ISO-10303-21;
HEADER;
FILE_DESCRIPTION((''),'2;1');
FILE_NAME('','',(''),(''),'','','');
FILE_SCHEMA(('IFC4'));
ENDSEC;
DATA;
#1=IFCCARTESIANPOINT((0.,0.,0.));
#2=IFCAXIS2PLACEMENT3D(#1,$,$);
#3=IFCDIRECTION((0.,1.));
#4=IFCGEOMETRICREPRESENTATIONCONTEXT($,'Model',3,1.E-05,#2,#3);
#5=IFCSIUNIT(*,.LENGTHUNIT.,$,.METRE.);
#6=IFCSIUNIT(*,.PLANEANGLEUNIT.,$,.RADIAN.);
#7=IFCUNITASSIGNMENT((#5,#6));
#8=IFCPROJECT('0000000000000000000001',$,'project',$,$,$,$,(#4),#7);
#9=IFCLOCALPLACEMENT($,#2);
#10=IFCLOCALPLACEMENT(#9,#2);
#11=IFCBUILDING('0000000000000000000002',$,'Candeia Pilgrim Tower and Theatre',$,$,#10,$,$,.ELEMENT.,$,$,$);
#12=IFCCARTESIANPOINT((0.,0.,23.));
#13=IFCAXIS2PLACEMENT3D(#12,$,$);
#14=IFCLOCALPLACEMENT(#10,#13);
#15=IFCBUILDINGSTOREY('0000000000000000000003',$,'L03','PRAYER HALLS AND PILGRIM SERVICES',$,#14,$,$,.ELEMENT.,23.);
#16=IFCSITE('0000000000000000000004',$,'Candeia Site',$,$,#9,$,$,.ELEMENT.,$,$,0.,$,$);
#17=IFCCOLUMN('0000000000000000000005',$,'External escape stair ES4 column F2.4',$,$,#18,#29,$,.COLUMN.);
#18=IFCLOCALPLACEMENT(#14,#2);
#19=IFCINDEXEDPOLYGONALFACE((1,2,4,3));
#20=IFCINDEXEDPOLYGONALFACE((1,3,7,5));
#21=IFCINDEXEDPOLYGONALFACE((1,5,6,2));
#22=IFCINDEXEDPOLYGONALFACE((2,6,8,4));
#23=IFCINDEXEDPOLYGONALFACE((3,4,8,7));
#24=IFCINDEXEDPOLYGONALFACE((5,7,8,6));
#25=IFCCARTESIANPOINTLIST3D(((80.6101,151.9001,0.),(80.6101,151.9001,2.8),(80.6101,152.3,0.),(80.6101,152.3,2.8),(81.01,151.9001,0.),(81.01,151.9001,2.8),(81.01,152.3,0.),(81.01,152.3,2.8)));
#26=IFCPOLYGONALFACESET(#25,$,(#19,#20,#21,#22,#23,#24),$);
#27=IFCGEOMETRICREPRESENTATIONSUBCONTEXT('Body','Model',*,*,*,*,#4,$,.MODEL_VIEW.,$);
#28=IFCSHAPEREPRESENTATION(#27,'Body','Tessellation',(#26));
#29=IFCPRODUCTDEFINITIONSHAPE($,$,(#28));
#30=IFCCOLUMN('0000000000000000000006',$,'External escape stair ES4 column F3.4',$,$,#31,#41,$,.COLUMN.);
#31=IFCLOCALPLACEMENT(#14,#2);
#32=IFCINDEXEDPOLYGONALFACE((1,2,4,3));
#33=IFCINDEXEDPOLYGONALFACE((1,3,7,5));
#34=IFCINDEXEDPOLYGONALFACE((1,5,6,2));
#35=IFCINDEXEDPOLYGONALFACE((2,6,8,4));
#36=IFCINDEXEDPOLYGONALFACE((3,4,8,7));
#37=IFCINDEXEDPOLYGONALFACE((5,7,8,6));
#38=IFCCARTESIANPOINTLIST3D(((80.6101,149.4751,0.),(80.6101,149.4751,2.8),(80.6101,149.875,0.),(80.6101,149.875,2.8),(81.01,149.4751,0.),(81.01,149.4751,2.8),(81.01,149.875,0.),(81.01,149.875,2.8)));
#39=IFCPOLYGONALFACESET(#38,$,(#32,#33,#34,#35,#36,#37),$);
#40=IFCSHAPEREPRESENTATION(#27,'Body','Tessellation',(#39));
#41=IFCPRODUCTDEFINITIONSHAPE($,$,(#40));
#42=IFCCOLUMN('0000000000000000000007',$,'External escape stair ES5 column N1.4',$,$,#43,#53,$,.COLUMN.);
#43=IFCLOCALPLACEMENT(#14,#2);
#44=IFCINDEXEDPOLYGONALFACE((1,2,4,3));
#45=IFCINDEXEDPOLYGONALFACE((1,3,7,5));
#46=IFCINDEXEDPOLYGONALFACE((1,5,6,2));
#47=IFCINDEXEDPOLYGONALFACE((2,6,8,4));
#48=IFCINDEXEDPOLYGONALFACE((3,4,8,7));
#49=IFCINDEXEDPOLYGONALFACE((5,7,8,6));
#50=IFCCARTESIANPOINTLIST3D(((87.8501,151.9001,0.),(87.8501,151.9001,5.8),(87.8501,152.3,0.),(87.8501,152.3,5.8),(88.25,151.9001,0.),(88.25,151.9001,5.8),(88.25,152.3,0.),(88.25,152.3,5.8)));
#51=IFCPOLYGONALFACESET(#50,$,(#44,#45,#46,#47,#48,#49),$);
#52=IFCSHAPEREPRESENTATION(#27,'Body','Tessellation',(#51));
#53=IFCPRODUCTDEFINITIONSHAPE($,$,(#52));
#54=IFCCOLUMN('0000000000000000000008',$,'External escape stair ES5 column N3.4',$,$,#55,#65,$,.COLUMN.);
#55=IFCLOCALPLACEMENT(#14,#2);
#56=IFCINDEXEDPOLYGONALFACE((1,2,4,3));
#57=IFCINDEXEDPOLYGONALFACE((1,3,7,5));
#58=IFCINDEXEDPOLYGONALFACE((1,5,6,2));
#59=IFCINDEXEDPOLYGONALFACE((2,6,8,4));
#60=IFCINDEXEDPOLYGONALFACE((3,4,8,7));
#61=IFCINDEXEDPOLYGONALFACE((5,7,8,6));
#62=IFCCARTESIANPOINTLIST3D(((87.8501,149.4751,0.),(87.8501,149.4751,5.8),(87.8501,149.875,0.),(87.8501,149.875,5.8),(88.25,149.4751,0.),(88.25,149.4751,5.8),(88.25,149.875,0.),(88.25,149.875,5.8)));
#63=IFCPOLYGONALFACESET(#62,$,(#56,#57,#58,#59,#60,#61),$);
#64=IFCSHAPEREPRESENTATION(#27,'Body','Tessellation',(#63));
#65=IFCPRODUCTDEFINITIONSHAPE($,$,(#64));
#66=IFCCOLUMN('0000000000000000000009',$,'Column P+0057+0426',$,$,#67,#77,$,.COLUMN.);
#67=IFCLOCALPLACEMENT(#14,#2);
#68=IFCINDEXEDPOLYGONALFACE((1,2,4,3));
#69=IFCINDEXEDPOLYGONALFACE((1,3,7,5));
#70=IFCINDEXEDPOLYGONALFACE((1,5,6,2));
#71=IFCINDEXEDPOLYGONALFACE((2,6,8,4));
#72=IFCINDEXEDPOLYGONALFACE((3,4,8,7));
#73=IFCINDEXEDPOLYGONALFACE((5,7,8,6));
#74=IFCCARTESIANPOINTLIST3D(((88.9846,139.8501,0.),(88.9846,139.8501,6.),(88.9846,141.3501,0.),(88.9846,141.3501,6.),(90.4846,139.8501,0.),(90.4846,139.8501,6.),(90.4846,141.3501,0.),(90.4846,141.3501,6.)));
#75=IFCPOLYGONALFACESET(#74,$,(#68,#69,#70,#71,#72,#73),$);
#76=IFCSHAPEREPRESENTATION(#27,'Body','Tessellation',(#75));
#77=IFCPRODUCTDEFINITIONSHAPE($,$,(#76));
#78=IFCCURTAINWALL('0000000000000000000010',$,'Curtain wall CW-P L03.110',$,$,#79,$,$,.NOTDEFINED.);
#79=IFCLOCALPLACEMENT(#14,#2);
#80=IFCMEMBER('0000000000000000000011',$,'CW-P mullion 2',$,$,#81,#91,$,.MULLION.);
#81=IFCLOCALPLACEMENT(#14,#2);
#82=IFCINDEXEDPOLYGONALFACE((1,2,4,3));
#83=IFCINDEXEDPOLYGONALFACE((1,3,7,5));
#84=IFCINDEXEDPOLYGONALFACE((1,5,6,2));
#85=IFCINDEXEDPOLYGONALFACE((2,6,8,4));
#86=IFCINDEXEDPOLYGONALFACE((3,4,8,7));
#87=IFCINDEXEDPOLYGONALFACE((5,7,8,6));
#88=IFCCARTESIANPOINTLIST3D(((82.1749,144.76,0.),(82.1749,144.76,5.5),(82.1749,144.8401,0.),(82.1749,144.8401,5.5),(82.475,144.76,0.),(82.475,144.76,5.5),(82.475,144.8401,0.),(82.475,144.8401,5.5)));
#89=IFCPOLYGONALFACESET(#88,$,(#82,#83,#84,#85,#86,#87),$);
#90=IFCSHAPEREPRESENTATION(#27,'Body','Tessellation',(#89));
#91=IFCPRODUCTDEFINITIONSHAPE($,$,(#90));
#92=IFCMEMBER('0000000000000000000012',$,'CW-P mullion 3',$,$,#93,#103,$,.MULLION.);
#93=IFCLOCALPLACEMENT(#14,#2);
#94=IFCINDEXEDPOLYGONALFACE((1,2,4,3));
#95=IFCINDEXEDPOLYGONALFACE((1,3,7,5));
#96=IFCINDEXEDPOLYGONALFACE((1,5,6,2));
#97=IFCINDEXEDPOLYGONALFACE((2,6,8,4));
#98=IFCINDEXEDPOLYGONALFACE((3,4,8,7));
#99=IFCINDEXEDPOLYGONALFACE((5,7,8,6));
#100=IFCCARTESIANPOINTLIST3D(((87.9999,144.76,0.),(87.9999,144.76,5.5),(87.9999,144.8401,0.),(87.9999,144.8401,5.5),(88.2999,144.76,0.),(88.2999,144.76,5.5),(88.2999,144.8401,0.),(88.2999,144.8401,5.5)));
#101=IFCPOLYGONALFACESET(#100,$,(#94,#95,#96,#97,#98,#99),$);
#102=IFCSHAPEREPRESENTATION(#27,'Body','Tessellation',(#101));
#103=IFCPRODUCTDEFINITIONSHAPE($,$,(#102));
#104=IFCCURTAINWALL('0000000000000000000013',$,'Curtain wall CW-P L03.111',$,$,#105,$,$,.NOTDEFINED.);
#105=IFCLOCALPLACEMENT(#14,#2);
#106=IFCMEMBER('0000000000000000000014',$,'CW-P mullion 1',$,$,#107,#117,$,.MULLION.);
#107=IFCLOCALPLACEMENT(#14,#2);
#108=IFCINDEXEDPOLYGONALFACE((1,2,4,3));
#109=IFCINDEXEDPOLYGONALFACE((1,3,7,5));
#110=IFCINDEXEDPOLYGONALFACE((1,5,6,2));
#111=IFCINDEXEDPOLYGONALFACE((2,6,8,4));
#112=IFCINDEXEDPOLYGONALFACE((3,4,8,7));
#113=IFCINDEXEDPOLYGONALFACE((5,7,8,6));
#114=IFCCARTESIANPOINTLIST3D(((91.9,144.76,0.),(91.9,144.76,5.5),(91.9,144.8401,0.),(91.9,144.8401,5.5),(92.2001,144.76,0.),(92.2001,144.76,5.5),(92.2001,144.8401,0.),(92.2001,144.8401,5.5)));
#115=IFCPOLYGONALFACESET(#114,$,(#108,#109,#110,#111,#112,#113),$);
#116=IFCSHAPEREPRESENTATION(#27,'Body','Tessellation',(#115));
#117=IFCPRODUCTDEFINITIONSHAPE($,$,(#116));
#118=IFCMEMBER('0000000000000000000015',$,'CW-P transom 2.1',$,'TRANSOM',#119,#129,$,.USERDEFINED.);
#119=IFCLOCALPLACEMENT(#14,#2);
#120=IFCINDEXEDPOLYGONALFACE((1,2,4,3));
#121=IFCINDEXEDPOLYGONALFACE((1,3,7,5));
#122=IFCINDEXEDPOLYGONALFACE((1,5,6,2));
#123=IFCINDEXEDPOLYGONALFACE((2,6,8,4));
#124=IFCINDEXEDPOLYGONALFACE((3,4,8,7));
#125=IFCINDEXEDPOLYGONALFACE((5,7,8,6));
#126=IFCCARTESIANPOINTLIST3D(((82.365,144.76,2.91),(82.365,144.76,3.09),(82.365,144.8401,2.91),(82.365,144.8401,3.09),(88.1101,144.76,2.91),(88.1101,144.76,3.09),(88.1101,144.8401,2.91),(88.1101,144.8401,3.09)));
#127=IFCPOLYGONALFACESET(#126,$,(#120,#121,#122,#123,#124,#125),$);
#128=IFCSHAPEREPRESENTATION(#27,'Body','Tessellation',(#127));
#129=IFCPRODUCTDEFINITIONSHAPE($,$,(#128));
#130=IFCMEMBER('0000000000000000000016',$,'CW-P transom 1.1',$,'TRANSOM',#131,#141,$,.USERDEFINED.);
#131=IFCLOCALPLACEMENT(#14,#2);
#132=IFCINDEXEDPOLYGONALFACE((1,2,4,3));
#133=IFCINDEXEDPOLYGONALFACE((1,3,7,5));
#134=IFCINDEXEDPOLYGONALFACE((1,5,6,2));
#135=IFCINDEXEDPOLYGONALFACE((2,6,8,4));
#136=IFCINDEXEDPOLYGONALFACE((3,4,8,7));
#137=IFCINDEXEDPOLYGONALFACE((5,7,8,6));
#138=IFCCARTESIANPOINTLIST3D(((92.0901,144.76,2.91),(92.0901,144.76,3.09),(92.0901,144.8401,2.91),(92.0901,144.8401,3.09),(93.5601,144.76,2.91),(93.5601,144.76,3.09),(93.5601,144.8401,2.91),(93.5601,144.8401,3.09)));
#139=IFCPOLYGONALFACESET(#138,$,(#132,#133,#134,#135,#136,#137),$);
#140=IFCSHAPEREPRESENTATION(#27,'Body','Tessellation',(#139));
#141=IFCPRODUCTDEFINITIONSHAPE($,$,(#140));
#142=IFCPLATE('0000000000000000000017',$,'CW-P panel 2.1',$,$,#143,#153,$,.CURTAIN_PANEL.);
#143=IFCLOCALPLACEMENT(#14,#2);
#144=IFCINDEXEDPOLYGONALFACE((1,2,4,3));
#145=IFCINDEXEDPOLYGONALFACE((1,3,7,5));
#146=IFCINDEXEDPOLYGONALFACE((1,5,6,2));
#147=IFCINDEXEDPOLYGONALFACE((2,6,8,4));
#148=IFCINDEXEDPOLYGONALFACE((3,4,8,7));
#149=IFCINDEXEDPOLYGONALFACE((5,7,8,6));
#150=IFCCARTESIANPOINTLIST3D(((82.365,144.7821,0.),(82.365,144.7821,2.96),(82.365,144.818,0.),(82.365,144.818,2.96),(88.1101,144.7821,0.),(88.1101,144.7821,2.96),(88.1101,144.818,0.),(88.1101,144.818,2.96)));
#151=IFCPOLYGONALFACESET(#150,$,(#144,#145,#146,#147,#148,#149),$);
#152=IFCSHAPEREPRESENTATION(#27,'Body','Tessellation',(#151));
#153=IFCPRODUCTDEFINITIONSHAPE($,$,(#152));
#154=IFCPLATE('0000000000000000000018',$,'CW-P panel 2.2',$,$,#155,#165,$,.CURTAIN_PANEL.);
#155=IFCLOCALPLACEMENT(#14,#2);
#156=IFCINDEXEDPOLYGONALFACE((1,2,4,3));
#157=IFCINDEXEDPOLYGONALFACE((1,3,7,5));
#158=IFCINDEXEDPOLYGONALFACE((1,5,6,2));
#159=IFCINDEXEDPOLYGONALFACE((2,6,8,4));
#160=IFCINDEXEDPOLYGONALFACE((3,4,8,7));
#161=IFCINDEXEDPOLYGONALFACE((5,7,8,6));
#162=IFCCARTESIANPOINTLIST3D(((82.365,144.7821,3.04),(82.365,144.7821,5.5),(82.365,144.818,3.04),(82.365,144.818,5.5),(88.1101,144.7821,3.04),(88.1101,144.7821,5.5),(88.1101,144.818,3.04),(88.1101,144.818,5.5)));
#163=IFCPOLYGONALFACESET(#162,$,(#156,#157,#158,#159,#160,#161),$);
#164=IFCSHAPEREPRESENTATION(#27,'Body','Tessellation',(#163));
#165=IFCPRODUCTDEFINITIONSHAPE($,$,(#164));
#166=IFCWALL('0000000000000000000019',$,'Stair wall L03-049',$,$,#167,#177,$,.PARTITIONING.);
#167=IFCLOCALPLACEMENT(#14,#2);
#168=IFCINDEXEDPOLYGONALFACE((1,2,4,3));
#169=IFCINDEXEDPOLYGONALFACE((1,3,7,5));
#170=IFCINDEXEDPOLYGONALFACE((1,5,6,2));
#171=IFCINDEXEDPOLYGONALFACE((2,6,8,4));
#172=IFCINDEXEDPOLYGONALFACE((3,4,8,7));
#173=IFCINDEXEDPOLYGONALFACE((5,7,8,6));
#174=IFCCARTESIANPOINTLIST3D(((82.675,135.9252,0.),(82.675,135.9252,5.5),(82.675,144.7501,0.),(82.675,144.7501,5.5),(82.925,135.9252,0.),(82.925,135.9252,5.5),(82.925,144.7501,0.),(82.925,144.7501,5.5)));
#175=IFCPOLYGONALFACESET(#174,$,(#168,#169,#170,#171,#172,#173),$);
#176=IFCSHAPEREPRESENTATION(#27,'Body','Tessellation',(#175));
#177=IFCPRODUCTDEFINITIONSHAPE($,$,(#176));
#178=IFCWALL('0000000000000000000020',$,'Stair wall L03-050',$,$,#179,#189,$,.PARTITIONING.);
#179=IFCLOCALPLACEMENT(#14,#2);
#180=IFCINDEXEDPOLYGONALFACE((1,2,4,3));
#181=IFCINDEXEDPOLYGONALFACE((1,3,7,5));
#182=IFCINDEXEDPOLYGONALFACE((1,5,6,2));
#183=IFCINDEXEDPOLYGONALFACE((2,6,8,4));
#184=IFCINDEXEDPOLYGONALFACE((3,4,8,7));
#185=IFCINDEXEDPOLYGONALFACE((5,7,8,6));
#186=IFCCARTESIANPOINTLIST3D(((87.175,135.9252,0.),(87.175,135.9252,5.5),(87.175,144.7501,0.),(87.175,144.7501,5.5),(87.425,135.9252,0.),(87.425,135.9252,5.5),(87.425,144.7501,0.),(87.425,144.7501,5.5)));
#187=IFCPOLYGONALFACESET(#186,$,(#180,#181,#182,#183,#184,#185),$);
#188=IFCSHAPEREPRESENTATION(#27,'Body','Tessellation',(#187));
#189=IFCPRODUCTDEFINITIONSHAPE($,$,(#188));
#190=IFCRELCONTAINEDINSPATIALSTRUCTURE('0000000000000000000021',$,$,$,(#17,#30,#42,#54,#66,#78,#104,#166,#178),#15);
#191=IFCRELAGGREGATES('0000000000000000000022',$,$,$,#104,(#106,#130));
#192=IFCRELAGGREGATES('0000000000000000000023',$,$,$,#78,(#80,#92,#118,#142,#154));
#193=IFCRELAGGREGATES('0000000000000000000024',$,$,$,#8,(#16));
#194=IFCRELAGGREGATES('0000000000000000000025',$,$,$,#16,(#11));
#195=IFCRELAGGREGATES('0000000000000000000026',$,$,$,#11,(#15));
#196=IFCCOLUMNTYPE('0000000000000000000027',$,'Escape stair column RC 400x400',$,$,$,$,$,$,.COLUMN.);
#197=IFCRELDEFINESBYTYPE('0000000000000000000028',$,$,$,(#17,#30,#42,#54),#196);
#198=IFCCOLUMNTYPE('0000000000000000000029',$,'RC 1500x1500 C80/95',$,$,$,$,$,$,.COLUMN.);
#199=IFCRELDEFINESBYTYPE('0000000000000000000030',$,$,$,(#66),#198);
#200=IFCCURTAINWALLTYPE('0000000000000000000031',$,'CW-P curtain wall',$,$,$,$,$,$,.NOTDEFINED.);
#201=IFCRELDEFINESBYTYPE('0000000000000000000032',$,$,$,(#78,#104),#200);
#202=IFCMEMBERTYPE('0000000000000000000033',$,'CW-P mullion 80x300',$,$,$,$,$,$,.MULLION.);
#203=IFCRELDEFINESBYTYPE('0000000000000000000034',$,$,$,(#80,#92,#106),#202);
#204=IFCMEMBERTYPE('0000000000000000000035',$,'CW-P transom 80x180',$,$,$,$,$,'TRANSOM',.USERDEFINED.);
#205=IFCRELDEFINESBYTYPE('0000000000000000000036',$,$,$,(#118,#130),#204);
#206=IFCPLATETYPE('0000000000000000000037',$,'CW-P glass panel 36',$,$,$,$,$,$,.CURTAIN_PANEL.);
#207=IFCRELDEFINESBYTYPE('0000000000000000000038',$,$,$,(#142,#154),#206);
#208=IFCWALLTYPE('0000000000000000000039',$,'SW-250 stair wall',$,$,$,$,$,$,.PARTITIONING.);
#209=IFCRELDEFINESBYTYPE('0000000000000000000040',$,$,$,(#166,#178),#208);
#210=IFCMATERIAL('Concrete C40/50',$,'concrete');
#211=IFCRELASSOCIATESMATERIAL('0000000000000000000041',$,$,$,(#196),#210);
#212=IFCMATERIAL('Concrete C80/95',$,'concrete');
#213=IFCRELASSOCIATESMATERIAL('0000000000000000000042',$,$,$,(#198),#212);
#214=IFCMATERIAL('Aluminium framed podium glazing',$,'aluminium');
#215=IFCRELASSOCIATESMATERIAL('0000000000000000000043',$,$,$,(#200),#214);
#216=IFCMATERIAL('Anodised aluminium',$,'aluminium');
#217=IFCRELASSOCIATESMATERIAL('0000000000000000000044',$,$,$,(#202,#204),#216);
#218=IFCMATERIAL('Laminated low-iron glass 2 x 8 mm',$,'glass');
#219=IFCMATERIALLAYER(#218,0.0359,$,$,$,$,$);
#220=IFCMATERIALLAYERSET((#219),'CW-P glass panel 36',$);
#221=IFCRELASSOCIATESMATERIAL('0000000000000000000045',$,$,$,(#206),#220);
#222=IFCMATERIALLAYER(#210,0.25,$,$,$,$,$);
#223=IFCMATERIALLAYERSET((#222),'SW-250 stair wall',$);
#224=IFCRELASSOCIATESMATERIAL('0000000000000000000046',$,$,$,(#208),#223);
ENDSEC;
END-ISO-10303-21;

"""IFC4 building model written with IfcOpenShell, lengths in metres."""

from ifc_helpers import new_model, si_unit, direction, frame, frame_2d, origin, origin_2d, place, context, subcontext, project, spatial, rectangle, extrude, material, layer, layer_set, material_profile, profile_set, type_object, element, aggregate, save


model = new_model("IFC4")

# Units and contexts
model_context = context("Model", 3, precision=1e-05, world=origin(), true_north=direction((0.0, 1.0)))
body_context = subcontext(model_context, "Body", "Model", "MODEL_VIEW")
ifc_project = project(units=[si_unit("LENGTHUNIT", "METRE"), si_unit("PLANEANGLEUNIT", "RADIAN")], contexts=[model_context])

# Site, building, storey
site_placement = place(None, origin())
site = spatial("IfcSite", under=ifc_project, at=site_placement, Name="Candeia Site", CompositionType="ELEMENT", RefElevation=0.0)
building_placement = place(site_placement, origin())
building = spatial("IfcBuilding", under=site, at=building_placement, Name="Candeia Pilgrim Tower and Theatre", CompositionType="ELEMENT")
storey_placement = place(building_placement, frame((0.0, 0.0, 23.0)))
storey = spatial("IfcBuildingStorey", under=building, at=storey_placement, Name="L03", Description="PRAYER HALLS AND PILGRIM SERVICES", CompositionType="ELEMENT", Elevation=23.0)

# Columns
ifc_material_1 = material(Name="Concrete C40/50", Category="concrete")
ifc_material_profile_1 = material_profile(ifc_material_1, rectangle(XDim=0.3999, YDim=0.3999, at=origin_2d()))
ifc_profile_set_1 = profile_set([ifc_material_profile_1], Name="Concrete C40/50")
column_type_1 = type_object("IfcColumnType", Name="Escape stair column RC 400x400", PredefinedType="COLUMN", material=ifc_profile_set_1)
for number, where, z_axis, x_axis, name in (
    (1, (80.8101, 152.1001, 0.0), (0.0, 0.0, 1.0), (1.0, 0.0, 0.0), "External escape stair ES4 column F2.4"),
    (2, (80.8101, 149.675, 0.0), (0.0, 0.0, 1.0), (1.0, 0.0, 0.0), "External escape stair ES4 column F3.4"),
):
    element("IfcColumn", number, at=place(storey_placement, frame(where, z_axis=z_axis, x_axis=x_axis)), inside=storey, type_object=column_type_1, Name=name, PredefinedType="COLUMN", context=body_context, shape_type="SweptSolid", body=[
        extrude(rectangle(XDim=0.3999, YDim=0.3999, at=origin_2d()), origin(), (0.0, 0.0, 1.0), 2.8),
    ])
for number, where, z_axis, x_axis, name in (
    (3, (88.05, 152.1001, 0.0), (0.0, 0.0, 1.0), (1.0, 0.0, 0.0), "External escape stair ES5 column N1.4"),
    (4, (88.05, 149.675, 0.0), (0.0, 0.0, 1.0), (1.0, 0.0, 0.0), "External escape stair ES5 column N3.4"),
):
    element("IfcColumn", number, at=place(storey_placement, frame(where, z_axis=z_axis, x_axis=x_axis)), inside=storey, type_object=column_type_1, Name=name, PredefinedType="COLUMN", context=body_context, shape_type="SweptSolid", body=[
        extrude(rectangle(XDim=0.3999, YDim=0.3999, at=origin_2d()), origin(), (0.0, 0.0, 1.0), 5.8),
    ])
ifc_material_2 = material(Name="Concrete C80/95", Category="concrete")
ifc_material_profile_2 = material_profile(ifc_material_2, rectangle(XDim=1.5, YDim=1.5, at=origin_2d()))
ifc_profile_set_2 = profile_set([ifc_material_profile_2], Name="Concrete C80/95")
column_type_2 = type_object("IfcColumnType", Name="RC 1500x1500 C80/95", PredefinedType="COLUMN", material=ifc_profile_set_2)
column_placement = place(storey_placement, frame((89.7346, 140.6001, 0.0), z_axis=(0.0, 0.0, 1.0), x_axis=(1.0, 0.0, 0.0)))
element("IfcColumn", 5, at=column_placement, inside=storey, type_object=column_type_2, Name="Column P+0057+0426", PredefinedType="COLUMN", context=body_context, shape_type="SweptSolid", body=[
    extrude(rectangle(XDim=1.5, YDim=1.5, at=origin_2d()), origin(), (0.0, 0.0, 1.0), 6.0),
])

# Curtain wall, members
ifc_material_3 = material(Name="Aluminium framed podium glazing", Category="aluminium")
curtain_wall_type = type_object("IfcCurtainWallType", Name="CW-P curtain wall", PredefinedType="NOTDEFINED", material=ifc_material_3)
curtain_wall_1_placement = place(storey_placement, origin())
curtain_wall_1 = element("IfcCurtainWall", 6, at=curtain_wall_1_placement, inside=storey, type_object=curtain_wall_type, Name="Curtain wall CW-P L03.110", PredefinedType="NOTDEFINED")
ifc_material_4 = material(Name="Anodised aluminium", Category="aluminium")
ifc_material_profile_3 = material_profile(ifc_material_4, rectangle(XDim=0.0801, YDim=0.3, at=origin_2d()))
ifc_profile_set_3 = profile_set([ifc_material_profile_3], Name="Anodised aluminium")
member_type_1 = type_object("IfcMemberType", Name="CW-P mullion 80x300", PredefinedType="MULLION", material=ifc_profile_set_3)
member_1_placement = place(storey_placement, frame((82.325, 144.8, 0.0), z_axis=(0.0, 0.0, 1.0), x_axis=(0.0, 1.0, 0.0)))
member_1 = element("IfcMember", 7, at=member_1_placement, type_object=member_type_1, Name="CW-P mullion 2", PredefinedType="MULLION", context=body_context, shape_type="SweptSolid", body=[
    extrude(rectangle(XDim=0.0801, YDim=0.3, at=origin_2d()), origin(), (0.0, 0.0, 1.0), 5.5),
])
member_2_placement = place(storey_placement, frame((88.1499, 144.8, 0.0), z_axis=(0.0, 0.0, 1.0), x_axis=(0.0, 1.0, 0.0)))
member_2 = element("IfcMember", 8, at=member_2_placement, type_object=member_type_1, Name="CW-P mullion 3", PredefinedType="MULLION", context=body_context, shape_type="SweptSolid", body=[
    extrude(rectangle(XDim=0.0801, YDim=0.3, at=origin_2d()), origin(), (0.0, 0.0, 1.0), 5.5),
])

# Curtain wall, member
curtain_wall_2_placement = place(storey_placement, origin())
curtain_wall_2 = element("IfcCurtainWall", 9, at=curtain_wall_2_placement, inside=storey, type_object=curtain_wall_type, Name="Curtain wall CW-P L03.111", PredefinedType="NOTDEFINED")
member_3_placement = place(storey_placement, frame((92.05, 144.8, 0.0), z_axis=(0.0, 0.0, 1.0), x_axis=(0.0, 1.0, 0.0)))
member_3 = element("IfcMember", 10, at=member_3_placement, type_object=member_type_1, Name="CW-P mullion 1", PredefinedType="MULLION", context=body_context, shape_type="SweptSolid", body=[
    extrude(rectangle(XDim=0.0801, YDim=0.3, at=origin_2d()), origin(), (0.0, 0.0, 1.0), 5.5),
])

# Members
ifc_material_profile_4 = material_profile(ifc_material_4, rectangle(XDim=0.0801, YDim=0.1799, at=origin_2d()))
ifc_profile_set_4 = profile_set([ifc_material_profile_4], Name="Anodised aluminium")
member_type_2 = type_object("IfcMemberType", Name="CW-P transom 80x180", ElementType="TRANSOM", PredefinedType="USERDEFINED", material=ifc_profile_set_4)
member_4_placement = place(storey_placement, frame((82.365, 144.8, 3.0), z_axis=(1.0, 0.0, 0.0), x_axis=(0.0, 1.0, 0.0)))
member_4 = element("IfcMember", 11, at=member_4_placement, type_object=member_type_2, Name="CW-P transom 2.1", ObjectType="TRANSOM", PredefinedType="USERDEFINED", context=body_context, shape_type="SweptSolid", body=[
    extrude(rectangle(XDim=0.0801, YDim=0.1799, at=origin_2d()), origin(), (0.0, 0.0, 1.0), 5.7451),
])
member_5_placement = place(storey_placement, frame((92.0901, 144.8, 3.0), z_axis=(1.0, 0.0, 0.0), x_axis=(0.0, 1.0, 0.0)))
member_5 = element("IfcMember", 12, at=member_5_placement, type_object=member_type_2, Name="CW-P transom 1.1", ObjectType="TRANSOM", PredefinedType="USERDEFINED", context=body_context, shape_type="SweptSolid", body=[
    extrude(rectangle(XDim=0.0801, YDim=0.1799, at=origin_2d()), origin(), (0.0, 0.0, 1.0), 1.47),
])
aggregate(curtain_wall_2, [member_3, member_5])

# Plates
ifc_material_5 = material(Name="Laminated low-iron glass 2 x 8 mm", Category="glass")
ifc_layer_1 = layer(ifc_material_5, 0.0359)
ifc_layer_set_1 = layer_set([ifc_layer_1], Name="CW-P glass panel 36")
plate_type = type_object("IfcPlateType", Name="CW-P glass panel 36", PredefinedType="CURTAIN_PANEL", material=ifc_layer_set_1)
plate_1_placement = place(storey_placement, frame((85.2375, 144.8, 0.0), z_axis=(0.0, 0.0, 1.0), x_axis=(1.0, 0.0, 0.0)))
plate_1 = element("IfcPlate", 13, at=plate_1_placement, type_object=plate_type, Name="CW-P panel 2.1", PredefinedType="CURTAIN_PANEL", context=body_context, shape_type="SweptSolid", body=[
    extrude(rectangle(XDim=5.7451, YDim=0.0359, at=origin_2d()), origin(), (0.0, 0.0, 1.0), 2.96),
])
plate_2_placement = place(storey_placement, frame((85.2375, 144.8, 3.04), z_axis=(0.0, 0.0, 1.0), x_axis=(1.0, 0.0, 0.0)))
plate_2 = element("IfcPlate", 14, at=plate_2_placement, type_object=plate_type, Name="CW-P panel 2.2", PredefinedType="CURTAIN_PANEL", context=body_context, shape_type="SweptSolid", body=[
    extrude(rectangle(XDim=5.7451, YDim=0.0359, at=origin_2d()), origin(), (0.0, 0.0, 1.0), 2.46),
])
aggregate(curtain_wall_1, [member_1, member_2, member_4, plate_1, plate_2])

# Walls
ifc_layer_2 = layer(ifc_material_1, 0.25)
ifc_layer_set_2 = layer_set([ifc_layer_2], Name="SW-250 stair wall")
wall_type_1 = type_object("IfcWallType", Name="SW-250 stair wall", PredefinedType="PARTITIONING", material=ifc_layer_set_2)
for number, where, z_axis, x_axis, name in (
    (15, (82.8, 135.925, 0.0), (0.0, 0.0, 1.0), (0.0, 1.0, 0.0), "Stair wall L03-049"),
    (16, (87.3, 135.925, 0.0), (0.0, 0.0, 1.0), (0.0, 1.0, 0.0), "Stair wall L03-050"),
):
    element("IfcWall", number, at=place(storey_placement, frame(where, z_axis=z_axis, x_axis=x_axis)), inside=storey, type_object=wall_type_1, Name=name, PredefinedType="PARTITIONING", context=body_context, shape_type="SweptSolid", body=[
        extrude(rectangle(XDim=8.825, YDim=0.25, at=frame_2d((4.4126, 0.0))), origin(), (0.0, 0.0, 1.0), 5.5),
    ])

save(model, "model.ifc")
